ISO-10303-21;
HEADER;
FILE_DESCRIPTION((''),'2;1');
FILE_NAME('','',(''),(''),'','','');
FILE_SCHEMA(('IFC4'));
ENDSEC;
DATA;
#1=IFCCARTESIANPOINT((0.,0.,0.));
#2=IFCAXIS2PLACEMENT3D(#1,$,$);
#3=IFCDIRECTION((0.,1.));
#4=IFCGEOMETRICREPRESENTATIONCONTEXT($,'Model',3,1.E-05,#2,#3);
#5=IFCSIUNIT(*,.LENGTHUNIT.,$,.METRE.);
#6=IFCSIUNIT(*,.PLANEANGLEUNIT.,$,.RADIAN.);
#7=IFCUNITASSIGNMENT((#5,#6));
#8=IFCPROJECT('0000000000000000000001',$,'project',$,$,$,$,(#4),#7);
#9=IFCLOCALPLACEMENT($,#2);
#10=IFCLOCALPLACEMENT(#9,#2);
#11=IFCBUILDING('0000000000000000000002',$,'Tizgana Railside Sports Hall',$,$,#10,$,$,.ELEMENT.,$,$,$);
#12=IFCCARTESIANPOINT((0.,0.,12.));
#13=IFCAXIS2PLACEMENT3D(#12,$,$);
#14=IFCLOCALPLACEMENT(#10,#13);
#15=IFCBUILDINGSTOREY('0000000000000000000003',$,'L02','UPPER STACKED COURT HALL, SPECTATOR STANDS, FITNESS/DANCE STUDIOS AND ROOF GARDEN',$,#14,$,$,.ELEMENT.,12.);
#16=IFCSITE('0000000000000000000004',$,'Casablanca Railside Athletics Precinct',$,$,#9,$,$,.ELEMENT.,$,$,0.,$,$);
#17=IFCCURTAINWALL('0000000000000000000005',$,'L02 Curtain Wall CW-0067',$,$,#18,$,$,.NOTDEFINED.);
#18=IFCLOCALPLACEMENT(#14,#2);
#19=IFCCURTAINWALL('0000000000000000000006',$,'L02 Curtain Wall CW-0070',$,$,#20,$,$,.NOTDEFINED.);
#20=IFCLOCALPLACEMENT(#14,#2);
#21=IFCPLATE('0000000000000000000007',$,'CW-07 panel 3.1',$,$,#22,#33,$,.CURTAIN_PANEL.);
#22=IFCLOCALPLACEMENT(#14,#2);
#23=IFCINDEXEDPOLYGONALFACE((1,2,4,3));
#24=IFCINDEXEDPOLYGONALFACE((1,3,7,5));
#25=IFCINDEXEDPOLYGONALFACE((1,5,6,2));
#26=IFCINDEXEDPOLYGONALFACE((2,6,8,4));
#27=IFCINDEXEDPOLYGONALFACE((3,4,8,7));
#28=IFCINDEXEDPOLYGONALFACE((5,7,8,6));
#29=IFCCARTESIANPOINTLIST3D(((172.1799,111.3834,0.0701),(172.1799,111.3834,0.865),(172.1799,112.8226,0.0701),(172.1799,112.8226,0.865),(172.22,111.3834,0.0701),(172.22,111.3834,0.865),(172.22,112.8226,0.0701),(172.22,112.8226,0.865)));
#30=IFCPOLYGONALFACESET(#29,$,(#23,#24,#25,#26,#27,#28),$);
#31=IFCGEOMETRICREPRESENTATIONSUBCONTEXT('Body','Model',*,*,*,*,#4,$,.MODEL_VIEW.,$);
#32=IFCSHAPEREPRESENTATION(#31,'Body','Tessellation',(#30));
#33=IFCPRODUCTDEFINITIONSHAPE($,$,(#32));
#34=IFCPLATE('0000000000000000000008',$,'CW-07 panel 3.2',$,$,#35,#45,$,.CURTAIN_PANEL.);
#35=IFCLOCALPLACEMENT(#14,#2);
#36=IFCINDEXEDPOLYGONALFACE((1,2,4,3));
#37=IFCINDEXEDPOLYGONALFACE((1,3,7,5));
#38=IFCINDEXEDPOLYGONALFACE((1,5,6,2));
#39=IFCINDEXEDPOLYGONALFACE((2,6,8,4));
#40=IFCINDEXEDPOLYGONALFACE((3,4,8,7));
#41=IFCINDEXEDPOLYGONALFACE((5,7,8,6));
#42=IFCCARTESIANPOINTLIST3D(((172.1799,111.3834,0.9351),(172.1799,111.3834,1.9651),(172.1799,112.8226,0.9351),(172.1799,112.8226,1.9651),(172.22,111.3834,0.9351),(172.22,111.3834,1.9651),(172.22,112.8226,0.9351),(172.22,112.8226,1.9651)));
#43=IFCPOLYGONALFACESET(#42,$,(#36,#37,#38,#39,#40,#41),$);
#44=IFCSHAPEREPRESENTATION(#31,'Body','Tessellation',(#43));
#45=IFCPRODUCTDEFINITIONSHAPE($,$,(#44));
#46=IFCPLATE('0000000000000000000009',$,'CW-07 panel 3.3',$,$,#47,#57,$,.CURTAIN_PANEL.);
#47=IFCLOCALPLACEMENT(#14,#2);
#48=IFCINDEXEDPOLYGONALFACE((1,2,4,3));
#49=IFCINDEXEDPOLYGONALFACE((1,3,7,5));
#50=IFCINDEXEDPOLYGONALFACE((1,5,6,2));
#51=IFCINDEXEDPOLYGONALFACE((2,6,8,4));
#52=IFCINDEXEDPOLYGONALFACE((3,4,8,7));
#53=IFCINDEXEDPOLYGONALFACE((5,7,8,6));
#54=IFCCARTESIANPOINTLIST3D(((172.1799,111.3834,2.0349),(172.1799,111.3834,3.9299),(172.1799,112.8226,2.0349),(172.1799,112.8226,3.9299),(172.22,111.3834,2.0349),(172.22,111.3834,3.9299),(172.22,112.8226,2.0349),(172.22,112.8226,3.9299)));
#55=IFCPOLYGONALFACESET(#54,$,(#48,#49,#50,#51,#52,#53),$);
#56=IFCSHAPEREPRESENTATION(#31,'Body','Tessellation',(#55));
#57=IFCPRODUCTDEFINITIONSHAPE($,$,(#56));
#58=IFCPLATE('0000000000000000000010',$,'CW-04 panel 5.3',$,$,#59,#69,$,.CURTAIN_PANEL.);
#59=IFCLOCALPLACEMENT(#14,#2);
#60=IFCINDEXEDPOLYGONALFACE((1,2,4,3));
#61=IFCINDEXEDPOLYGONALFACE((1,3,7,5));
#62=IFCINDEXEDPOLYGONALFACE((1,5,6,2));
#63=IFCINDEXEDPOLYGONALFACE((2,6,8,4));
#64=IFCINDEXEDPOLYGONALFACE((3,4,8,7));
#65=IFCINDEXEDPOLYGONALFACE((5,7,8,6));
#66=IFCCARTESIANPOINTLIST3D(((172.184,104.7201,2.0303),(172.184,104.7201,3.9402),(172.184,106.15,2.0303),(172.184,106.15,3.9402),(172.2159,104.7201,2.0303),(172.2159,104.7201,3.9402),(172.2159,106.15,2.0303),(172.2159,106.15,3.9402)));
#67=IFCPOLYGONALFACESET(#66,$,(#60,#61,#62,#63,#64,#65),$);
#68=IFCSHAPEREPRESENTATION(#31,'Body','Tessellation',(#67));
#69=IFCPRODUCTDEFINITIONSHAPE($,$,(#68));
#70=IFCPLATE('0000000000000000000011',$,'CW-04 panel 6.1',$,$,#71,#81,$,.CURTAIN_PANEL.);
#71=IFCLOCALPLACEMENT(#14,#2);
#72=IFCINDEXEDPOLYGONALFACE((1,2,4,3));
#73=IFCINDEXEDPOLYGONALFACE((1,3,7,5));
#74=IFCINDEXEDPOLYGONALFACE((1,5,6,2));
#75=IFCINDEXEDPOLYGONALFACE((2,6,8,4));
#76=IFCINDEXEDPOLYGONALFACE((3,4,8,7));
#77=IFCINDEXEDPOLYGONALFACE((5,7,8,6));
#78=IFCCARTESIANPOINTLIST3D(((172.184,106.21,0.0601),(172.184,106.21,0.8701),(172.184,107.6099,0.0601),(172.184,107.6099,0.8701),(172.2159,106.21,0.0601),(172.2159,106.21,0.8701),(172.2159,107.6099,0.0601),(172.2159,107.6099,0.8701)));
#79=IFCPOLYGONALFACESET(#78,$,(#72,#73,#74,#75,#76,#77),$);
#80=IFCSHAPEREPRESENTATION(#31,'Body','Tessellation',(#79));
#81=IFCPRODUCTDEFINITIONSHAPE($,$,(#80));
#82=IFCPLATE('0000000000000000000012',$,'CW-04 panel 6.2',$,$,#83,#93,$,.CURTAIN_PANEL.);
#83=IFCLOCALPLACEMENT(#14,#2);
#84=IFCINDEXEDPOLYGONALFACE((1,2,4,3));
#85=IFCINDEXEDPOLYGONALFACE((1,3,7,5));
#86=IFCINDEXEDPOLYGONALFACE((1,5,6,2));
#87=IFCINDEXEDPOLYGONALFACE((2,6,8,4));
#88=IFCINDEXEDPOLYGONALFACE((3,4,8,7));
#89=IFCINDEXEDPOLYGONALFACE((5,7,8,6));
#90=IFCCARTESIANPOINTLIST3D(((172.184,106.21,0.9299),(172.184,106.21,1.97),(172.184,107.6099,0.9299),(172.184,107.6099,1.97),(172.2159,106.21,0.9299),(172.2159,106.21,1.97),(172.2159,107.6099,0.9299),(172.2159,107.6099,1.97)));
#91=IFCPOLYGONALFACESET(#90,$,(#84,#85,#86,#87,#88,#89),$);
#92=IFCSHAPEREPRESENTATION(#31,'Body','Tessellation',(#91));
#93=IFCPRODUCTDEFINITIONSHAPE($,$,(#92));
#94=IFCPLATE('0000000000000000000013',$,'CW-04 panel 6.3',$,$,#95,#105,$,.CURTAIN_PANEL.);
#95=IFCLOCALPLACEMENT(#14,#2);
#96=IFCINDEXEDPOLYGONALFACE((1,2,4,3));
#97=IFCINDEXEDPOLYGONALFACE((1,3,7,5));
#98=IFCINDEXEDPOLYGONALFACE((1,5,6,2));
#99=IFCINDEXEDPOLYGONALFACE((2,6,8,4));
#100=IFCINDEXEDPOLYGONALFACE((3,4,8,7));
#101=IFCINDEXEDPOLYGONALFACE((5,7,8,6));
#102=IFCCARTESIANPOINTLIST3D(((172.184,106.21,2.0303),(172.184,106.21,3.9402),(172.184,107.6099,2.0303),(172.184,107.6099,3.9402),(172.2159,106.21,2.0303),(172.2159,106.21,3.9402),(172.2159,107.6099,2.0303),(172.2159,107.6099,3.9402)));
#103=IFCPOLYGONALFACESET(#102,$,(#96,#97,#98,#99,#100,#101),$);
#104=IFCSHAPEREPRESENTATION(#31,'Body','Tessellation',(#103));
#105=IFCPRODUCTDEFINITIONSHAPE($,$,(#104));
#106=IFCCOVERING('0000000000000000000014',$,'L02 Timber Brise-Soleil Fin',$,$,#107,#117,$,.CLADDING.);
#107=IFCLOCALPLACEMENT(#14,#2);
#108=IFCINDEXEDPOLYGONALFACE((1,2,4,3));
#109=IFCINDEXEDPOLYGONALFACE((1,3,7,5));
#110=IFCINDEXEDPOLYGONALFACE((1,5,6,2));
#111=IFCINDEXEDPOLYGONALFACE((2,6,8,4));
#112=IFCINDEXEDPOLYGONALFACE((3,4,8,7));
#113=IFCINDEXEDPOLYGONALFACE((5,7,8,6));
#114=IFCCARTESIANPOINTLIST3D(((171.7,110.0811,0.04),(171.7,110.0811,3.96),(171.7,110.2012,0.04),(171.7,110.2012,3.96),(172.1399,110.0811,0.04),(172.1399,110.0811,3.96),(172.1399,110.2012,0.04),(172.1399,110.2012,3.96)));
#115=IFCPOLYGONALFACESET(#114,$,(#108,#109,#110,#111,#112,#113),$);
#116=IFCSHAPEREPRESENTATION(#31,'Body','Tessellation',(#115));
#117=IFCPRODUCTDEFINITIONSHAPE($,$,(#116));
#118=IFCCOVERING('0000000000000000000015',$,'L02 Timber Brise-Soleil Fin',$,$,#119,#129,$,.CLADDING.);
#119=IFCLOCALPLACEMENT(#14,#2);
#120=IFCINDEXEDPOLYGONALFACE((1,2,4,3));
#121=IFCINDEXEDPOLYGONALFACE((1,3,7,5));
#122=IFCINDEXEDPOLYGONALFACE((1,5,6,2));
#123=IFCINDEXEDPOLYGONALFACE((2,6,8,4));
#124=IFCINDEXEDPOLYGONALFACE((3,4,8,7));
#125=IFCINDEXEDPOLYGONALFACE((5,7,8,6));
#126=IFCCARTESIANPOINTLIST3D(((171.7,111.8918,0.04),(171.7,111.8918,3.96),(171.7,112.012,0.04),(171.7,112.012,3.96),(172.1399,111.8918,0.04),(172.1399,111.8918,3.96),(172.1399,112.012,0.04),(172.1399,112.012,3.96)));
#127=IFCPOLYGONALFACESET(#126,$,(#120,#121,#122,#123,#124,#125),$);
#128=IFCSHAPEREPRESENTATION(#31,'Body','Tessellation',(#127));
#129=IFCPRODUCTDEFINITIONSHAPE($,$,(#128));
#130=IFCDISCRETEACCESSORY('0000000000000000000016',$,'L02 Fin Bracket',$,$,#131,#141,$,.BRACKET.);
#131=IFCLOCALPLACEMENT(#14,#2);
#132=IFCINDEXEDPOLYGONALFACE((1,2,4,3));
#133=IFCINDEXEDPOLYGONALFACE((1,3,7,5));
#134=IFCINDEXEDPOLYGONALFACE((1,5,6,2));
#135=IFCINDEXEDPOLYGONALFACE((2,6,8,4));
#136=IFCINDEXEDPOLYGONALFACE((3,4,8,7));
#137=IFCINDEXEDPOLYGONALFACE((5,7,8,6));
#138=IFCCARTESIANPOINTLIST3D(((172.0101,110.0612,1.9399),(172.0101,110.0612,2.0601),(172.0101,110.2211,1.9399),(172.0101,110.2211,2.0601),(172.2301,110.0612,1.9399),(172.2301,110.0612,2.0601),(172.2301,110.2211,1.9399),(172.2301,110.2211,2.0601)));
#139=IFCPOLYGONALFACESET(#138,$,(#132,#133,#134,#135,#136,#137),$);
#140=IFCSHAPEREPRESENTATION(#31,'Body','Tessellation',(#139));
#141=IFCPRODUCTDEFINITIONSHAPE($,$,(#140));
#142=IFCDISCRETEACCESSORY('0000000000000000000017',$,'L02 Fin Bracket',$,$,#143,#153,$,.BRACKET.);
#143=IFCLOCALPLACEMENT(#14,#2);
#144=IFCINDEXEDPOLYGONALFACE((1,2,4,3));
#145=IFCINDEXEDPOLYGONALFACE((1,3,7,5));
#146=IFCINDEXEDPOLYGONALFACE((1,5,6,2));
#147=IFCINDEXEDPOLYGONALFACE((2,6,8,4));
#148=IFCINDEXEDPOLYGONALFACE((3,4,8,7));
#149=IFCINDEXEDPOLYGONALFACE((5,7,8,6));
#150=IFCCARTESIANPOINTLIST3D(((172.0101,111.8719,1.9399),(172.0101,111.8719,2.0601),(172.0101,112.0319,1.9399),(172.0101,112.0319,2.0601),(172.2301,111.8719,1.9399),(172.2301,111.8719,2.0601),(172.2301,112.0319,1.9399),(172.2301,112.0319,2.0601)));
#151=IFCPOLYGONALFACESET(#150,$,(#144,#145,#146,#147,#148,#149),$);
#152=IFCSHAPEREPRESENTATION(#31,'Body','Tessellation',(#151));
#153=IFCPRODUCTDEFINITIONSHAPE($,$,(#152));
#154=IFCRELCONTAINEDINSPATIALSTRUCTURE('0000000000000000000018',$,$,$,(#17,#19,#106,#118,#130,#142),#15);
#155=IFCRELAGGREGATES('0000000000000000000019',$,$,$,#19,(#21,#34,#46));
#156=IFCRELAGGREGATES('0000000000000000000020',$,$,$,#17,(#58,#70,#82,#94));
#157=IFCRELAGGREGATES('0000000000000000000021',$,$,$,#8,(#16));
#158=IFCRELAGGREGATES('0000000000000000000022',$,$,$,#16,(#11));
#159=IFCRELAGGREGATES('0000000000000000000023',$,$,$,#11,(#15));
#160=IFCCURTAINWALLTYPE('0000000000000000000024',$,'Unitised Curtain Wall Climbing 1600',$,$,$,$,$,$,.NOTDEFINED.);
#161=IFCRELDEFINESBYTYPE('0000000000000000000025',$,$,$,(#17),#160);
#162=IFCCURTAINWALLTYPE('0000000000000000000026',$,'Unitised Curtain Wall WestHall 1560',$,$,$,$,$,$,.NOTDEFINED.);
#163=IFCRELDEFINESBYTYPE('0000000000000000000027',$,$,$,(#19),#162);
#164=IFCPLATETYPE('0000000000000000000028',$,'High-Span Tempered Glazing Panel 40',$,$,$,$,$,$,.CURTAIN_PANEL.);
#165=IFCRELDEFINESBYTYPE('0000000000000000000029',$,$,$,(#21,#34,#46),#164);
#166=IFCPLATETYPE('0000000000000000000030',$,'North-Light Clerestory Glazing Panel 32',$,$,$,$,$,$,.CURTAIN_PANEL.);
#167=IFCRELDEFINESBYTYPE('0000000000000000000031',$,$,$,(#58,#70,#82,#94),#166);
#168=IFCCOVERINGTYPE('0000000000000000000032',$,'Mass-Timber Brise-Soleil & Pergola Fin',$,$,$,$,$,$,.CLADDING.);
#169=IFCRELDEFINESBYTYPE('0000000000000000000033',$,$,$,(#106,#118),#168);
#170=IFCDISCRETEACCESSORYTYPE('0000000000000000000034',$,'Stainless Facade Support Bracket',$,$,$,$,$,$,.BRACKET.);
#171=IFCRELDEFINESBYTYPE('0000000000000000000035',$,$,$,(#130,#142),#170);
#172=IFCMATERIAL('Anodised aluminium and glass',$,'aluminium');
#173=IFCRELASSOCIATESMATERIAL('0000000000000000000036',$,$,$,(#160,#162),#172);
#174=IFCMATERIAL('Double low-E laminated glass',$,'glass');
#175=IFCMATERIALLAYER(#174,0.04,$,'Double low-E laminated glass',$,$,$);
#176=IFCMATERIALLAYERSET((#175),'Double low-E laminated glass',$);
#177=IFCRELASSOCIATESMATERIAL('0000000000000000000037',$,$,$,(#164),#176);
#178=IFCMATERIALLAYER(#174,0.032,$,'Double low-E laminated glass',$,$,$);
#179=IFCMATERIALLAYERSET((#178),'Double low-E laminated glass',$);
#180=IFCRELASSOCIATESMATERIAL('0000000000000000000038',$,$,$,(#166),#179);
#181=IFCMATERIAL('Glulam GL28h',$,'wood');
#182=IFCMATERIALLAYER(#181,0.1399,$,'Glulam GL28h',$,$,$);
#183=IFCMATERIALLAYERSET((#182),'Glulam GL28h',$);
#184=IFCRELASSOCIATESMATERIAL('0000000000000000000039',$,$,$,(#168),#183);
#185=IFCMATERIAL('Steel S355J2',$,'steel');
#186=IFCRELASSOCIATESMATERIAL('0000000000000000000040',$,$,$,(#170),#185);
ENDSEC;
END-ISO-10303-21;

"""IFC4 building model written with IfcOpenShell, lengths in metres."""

from ifc_helpers import new_model, si_unit, direction, frame, origin, origin_2d, place, context, subcontext, project, spatial, rectangle, extrude, material, layer, layer_set, type_object, element, aggregate, save


model = new_model("IFC4")

# Units and contexts
model_context = context("Model", 3, precision=1e-05, world=origin(), true_north=direction((0.0, 1.0)))
body_context = subcontext(model_context, "Body", "Model", "MODEL_VIEW")
ifc_project = project(units=[si_unit("LENGTHUNIT", "METRE"), si_unit("PLANEANGLEUNIT", "RADIAN")], contexts=[model_context])

# Site, building, storey
site_placement = place(None, origin())
site = spatial("IfcSite", under=ifc_project, at=site_placement, Name="Casablanca Railside Athletics Precinct", CompositionType="ELEMENT", RefElevation=0.0)
building_placement = place(site_placement, origin())
building = spatial("IfcBuilding", under=site, at=building_placement, Name="Tizgana Railside Sports Hall", CompositionType="ELEMENT")
storey_placement = place(building_placement, frame((0.0, 0.0, 12.0)))
storey = spatial("IfcBuildingStorey", under=building, at=storey_placement, Name="L02", Description="UPPER STACKED COURT HALL, SPECTATOR STANDS, FITNESS/DANCE STUDIOS AND ROOF GARDEN", CompositionType="ELEMENT", Elevation=12.0)

# Curtain walls
ifc_material_1 = material(Name="Anodised aluminium and glass", Category="aluminium")
curtain_wall_type_1 = type_object("IfcCurtainWallType", Name="Unitised Curtain Wall Climbing 1600", PredefinedType="NOTDEFINED", material=ifc_material_1)
curtain_wall_1_placement = place(storey_placement, origin())
curtain_wall_1 = element("IfcCurtainWall", 1, at=curtain_wall_1_placement, inside=storey, type_object=curtain_wall_type_1, Name="L02 Curtain Wall CW-0067", PredefinedType="NOTDEFINED")
curtain_wall_type_2 = type_object("IfcCurtainWallType", Name="Unitised Curtain Wall WestHall 1560", PredefinedType="NOTDEFINED", material=ifc_material_1)
curtain_wall_2_placement = place(storey_placement, origin())
curtain_wall_2 = element("IfcCurtainWall", 2, at=curtain_wall_2_placement, inside=storey, type_object=curtain_wall_type_2, Name="L02 Curtain Wall CW-0070", PredefinedType="NOTDEFINED")

# Plates
ifc_material_2 = material(Name="Double low-E laminated glass", Category="glass")
ifc_layer_1 = layer(ifc_material_2, 0.04, Name="Double low-E laminated glass")
ifc_layer_set_1 = layer_set([ifc_layer_1], Name="Double low-E laminated glass")
plate_type_1 = type_object("IfcPlateType", Name="High-Span Tempered Glazing Panel 40", PredefinedType="CURTAIN_PANEL", material=ifc_layer_set_1)
plate_1_placement = place(storey_placement, frame((172.2, 112.103, 0.0701), z_axis=(0.0, 0.0, 1.0), x_axis=(0.0, 1.0, 0.0)))
plate_1 = element("IfcPlate", 3, at=plate_1_placement, type_object=plate_type_1, Name="CW-07 panel 3.1", PredefinedType="CURTAIN_PANEL", context=body_context, shape_type="SweptSolid", body=[
    extrude(rectangle(XDim=1.4392, YDim=0.04, at=origin_2d()), origin(), (0.0, 0.0, 1.0), 0.7949),
])
plate_2_placement = place(storey_placement, frame((172.2, 112.103, 0.9351), z_axis=(0.0, 0.0, 1.0), x_axis=(0.0, 1.0, 0.0)))
plate_2 = element("IfcPlate", 4, at=plate_2_placement, type_object=plate_type_1, Name="CW-07 panel 3.2", PredefinedType="CURTAIN_PANEL", context=body_context, shape_type="SweptSolid", body=[
    extrude(rectangle(XDim=1.4392, YDim=0.04, at=origin_2d()), origin(), (0.0, 0.0, 1.0), 1.03),
])
plate_3_placement = place(storey_placement, frame((172.2, 112.103, 2.0349), z_axis=(0.0, 0.0, 1.0), x_axis=(0.0, 1.0, 0.0)))
plate_3 = element("IfcPlate", 5, at=plate_3_placement, type_object=plate_type_1, Name="CW-07 panel 3.3", PredefinedType="CURTAIN_PANEL", context=body_context, shape_type="SweptSolid", body=[
    extrude(rectangle(XDim=1.4392, YDim=0.04, at=origin_2d()), origin(), (0.0, 0.0, 1.0), 1.895),
])
aggregate(curtain_wall_2, [plate_1, plate_2, plate_3])
ifc_layer_2 = layer(ifc_material_2, 0.032, Name="Double low-E laminated glass")
ifc_layer_set_2 = layer_set([ifc_layer_2], Name="Double low-E laminated glass")
plate_type_2 = type_object("IfcPlateType", Name="North-Light Clerestory Glazing Panel 32", PredefinedType="CURTAIN_PANEL", material=ifc_layer_set_2)
plate_4_placement = place(storey_placement, frame((172.2, 105.4351, 2.0303), z_axis=(0.0, 0.0, 1.0), x_axis=(0.0, 1.0, 0.0)))
plate_4 = element("IfcPlate", 6, at=plate_4_placement, type_object=plate_type_2, Name="CW-04 panel 5.3", PredefinedType="CURTAIN_PANEL", context=body_context, shape_type="SweptSolid", body=[
    extrude(rectangle(XDim=1.4299, YDim=0.032, at=origin_2d()), origin(), (0.0, 0.0, 1.0), 1.9099),
])
plate_5_placement = place(storey_placement, frame((172.2, 106.9099, 0.0601), z_axis=(0.0, 0.0, 1.0), x_axis=(0.0, 1.0, 0.0)))
plate_5 = element("IfcPlate", 7, at=plate_5_placement, type_object=plate_type_2, Name="CW-04 panel 6.1", PredefinedType="CURTAIN_PANEL", context=body_context, shape_type="SweptSolid", body=[
    extrude(rectangle(XDim=1.3999, YDim=0.032, at=origin_2d()), origin(), (0.0, 0.0, 1.0), 0.8101),
])
plate_6_placement = place(storey_placement, frame((172.2, 106.9099, 0.9299), z_axis=(0.0, 0.0, 1.0), x_axis=(0.0, 1.0, 0.0)))
plate_6 = element("IfcPlate", 8, at=plate_6_placement, type_object=plate_type_2, Name="CW-04 panel 6.2", PredefinedType="CURTAIN_PANEL", context=body_context, shape_type="SweptSolid", body=[
    extrude(rectangle(XDim=1.3999, YDim=0.032, at=origin_2d()), origin(), (0.0, 0.0, 1.0), 1.04),
])
plate_7_placement = place(storey_placement, frame((172.2, 106.9099, 2.0303), z_axis=(0.0, 0.0, 1.0), x_axis=(0.0, 1.0, 0.0)))
plate_7 = element("IfcPlate", 9, at=plate_7_placement, type_object=plate_type_2, Name="CW-04 panel 6.3", PredefinedType="CURTAIN_PANEL", context=body_context, shape_type="SweptSolid", body=[
    extrude(rectangle(XDim=1.3999, YDim=0.032, at=origin_2d()), origin(), (0.0, 0.0, 1.0), 1.9099),
])
aggregate(curtain_wall_1, [plate_4, plate_5, plate_6, plate_7])

# Coverings
ifc_material_3 = material(Name="Glulam GL28h", Category="wood")
ifc_layer_3 = layer(ifc_material_3, 0.1399, Name="Glulam GL28h")
ifc_layer_set_3 = layer_set([ifc_layer_3], Name="Glulam GL28h")
covering_type = type_object("IfcCoveringType", Name="Mass-Timber Brise-Soleil & Pergola Fin", PredefinedType="CLADDING", material=ifc_layer_set_3)
for number, where, z_axis, x_axis, name in (
    (10, (171.9199, 110.1411, 0.04), (0.0, 0.0, 1.0), (0.0, 1.0, 0.0), "L02 Timber Brise-Soleil Fin"),
    (11, (171.9199, 111.9519, 0.04), (0.0, 0.0, 1.0), (0.0, 1.0, 0.0), "L02 Timber Brise-Soleil Fin"),
):
    element("IfcCovering", number, at=place(storey_placement, frame(where, z_axis=z_axis, x_axis=x_axis)), inside=storey, type_object=covering_type, Name=name, PredefinedType="CLADDING", context=body_context, shape_type="SweptSolid", body=[
        extrude(rectangle(XDim=0.1201, YDim=0.4399, at=origin_2d()), origin(), (0.0, 0.0, 1.0), 3.9199),
    ])

# Discrete accessories
ifc_material_4 = material(Name="Steel S355J2", Category="steel")
discrete_accessory_type = type_object("IfcDiscreteAccessoryType", Name="Stainless Facade Support Bracket", PredefinedType="BRACKET", material=ifc_material_4)
for number, where, z_axis, x_axis, name in (
    (12, (172.1201, 110.1411, 1.9399), (0.0, 0.0, 1.0), (0.0, 1.0, 0.0), "L02 Fin Bracket"),
    (13, (172.1201, 111.9519, 1.9399), (0.0, 0.0, 1.0), (0.0, 1.0, 0.0), "L02 Fin Bracket"),
):
    element("IfcDiscreteAccessory", number, at=place(storey_placement, frame(where, z_axis=z_axis, x_axis=x_axis)), inside=storey, type_object=discrete_accessory_type, Name=name, PredefinedType="BRACKET", context=body_context, shape_type="SweptSolid", body=[
        extrude(rectangle(XDim=0.1599, YDim=0.22, at=origin_2d()), origin(), (0.0, 0.0, 1.0), 0.1201),
    ])

save(model, "model.ifc")
